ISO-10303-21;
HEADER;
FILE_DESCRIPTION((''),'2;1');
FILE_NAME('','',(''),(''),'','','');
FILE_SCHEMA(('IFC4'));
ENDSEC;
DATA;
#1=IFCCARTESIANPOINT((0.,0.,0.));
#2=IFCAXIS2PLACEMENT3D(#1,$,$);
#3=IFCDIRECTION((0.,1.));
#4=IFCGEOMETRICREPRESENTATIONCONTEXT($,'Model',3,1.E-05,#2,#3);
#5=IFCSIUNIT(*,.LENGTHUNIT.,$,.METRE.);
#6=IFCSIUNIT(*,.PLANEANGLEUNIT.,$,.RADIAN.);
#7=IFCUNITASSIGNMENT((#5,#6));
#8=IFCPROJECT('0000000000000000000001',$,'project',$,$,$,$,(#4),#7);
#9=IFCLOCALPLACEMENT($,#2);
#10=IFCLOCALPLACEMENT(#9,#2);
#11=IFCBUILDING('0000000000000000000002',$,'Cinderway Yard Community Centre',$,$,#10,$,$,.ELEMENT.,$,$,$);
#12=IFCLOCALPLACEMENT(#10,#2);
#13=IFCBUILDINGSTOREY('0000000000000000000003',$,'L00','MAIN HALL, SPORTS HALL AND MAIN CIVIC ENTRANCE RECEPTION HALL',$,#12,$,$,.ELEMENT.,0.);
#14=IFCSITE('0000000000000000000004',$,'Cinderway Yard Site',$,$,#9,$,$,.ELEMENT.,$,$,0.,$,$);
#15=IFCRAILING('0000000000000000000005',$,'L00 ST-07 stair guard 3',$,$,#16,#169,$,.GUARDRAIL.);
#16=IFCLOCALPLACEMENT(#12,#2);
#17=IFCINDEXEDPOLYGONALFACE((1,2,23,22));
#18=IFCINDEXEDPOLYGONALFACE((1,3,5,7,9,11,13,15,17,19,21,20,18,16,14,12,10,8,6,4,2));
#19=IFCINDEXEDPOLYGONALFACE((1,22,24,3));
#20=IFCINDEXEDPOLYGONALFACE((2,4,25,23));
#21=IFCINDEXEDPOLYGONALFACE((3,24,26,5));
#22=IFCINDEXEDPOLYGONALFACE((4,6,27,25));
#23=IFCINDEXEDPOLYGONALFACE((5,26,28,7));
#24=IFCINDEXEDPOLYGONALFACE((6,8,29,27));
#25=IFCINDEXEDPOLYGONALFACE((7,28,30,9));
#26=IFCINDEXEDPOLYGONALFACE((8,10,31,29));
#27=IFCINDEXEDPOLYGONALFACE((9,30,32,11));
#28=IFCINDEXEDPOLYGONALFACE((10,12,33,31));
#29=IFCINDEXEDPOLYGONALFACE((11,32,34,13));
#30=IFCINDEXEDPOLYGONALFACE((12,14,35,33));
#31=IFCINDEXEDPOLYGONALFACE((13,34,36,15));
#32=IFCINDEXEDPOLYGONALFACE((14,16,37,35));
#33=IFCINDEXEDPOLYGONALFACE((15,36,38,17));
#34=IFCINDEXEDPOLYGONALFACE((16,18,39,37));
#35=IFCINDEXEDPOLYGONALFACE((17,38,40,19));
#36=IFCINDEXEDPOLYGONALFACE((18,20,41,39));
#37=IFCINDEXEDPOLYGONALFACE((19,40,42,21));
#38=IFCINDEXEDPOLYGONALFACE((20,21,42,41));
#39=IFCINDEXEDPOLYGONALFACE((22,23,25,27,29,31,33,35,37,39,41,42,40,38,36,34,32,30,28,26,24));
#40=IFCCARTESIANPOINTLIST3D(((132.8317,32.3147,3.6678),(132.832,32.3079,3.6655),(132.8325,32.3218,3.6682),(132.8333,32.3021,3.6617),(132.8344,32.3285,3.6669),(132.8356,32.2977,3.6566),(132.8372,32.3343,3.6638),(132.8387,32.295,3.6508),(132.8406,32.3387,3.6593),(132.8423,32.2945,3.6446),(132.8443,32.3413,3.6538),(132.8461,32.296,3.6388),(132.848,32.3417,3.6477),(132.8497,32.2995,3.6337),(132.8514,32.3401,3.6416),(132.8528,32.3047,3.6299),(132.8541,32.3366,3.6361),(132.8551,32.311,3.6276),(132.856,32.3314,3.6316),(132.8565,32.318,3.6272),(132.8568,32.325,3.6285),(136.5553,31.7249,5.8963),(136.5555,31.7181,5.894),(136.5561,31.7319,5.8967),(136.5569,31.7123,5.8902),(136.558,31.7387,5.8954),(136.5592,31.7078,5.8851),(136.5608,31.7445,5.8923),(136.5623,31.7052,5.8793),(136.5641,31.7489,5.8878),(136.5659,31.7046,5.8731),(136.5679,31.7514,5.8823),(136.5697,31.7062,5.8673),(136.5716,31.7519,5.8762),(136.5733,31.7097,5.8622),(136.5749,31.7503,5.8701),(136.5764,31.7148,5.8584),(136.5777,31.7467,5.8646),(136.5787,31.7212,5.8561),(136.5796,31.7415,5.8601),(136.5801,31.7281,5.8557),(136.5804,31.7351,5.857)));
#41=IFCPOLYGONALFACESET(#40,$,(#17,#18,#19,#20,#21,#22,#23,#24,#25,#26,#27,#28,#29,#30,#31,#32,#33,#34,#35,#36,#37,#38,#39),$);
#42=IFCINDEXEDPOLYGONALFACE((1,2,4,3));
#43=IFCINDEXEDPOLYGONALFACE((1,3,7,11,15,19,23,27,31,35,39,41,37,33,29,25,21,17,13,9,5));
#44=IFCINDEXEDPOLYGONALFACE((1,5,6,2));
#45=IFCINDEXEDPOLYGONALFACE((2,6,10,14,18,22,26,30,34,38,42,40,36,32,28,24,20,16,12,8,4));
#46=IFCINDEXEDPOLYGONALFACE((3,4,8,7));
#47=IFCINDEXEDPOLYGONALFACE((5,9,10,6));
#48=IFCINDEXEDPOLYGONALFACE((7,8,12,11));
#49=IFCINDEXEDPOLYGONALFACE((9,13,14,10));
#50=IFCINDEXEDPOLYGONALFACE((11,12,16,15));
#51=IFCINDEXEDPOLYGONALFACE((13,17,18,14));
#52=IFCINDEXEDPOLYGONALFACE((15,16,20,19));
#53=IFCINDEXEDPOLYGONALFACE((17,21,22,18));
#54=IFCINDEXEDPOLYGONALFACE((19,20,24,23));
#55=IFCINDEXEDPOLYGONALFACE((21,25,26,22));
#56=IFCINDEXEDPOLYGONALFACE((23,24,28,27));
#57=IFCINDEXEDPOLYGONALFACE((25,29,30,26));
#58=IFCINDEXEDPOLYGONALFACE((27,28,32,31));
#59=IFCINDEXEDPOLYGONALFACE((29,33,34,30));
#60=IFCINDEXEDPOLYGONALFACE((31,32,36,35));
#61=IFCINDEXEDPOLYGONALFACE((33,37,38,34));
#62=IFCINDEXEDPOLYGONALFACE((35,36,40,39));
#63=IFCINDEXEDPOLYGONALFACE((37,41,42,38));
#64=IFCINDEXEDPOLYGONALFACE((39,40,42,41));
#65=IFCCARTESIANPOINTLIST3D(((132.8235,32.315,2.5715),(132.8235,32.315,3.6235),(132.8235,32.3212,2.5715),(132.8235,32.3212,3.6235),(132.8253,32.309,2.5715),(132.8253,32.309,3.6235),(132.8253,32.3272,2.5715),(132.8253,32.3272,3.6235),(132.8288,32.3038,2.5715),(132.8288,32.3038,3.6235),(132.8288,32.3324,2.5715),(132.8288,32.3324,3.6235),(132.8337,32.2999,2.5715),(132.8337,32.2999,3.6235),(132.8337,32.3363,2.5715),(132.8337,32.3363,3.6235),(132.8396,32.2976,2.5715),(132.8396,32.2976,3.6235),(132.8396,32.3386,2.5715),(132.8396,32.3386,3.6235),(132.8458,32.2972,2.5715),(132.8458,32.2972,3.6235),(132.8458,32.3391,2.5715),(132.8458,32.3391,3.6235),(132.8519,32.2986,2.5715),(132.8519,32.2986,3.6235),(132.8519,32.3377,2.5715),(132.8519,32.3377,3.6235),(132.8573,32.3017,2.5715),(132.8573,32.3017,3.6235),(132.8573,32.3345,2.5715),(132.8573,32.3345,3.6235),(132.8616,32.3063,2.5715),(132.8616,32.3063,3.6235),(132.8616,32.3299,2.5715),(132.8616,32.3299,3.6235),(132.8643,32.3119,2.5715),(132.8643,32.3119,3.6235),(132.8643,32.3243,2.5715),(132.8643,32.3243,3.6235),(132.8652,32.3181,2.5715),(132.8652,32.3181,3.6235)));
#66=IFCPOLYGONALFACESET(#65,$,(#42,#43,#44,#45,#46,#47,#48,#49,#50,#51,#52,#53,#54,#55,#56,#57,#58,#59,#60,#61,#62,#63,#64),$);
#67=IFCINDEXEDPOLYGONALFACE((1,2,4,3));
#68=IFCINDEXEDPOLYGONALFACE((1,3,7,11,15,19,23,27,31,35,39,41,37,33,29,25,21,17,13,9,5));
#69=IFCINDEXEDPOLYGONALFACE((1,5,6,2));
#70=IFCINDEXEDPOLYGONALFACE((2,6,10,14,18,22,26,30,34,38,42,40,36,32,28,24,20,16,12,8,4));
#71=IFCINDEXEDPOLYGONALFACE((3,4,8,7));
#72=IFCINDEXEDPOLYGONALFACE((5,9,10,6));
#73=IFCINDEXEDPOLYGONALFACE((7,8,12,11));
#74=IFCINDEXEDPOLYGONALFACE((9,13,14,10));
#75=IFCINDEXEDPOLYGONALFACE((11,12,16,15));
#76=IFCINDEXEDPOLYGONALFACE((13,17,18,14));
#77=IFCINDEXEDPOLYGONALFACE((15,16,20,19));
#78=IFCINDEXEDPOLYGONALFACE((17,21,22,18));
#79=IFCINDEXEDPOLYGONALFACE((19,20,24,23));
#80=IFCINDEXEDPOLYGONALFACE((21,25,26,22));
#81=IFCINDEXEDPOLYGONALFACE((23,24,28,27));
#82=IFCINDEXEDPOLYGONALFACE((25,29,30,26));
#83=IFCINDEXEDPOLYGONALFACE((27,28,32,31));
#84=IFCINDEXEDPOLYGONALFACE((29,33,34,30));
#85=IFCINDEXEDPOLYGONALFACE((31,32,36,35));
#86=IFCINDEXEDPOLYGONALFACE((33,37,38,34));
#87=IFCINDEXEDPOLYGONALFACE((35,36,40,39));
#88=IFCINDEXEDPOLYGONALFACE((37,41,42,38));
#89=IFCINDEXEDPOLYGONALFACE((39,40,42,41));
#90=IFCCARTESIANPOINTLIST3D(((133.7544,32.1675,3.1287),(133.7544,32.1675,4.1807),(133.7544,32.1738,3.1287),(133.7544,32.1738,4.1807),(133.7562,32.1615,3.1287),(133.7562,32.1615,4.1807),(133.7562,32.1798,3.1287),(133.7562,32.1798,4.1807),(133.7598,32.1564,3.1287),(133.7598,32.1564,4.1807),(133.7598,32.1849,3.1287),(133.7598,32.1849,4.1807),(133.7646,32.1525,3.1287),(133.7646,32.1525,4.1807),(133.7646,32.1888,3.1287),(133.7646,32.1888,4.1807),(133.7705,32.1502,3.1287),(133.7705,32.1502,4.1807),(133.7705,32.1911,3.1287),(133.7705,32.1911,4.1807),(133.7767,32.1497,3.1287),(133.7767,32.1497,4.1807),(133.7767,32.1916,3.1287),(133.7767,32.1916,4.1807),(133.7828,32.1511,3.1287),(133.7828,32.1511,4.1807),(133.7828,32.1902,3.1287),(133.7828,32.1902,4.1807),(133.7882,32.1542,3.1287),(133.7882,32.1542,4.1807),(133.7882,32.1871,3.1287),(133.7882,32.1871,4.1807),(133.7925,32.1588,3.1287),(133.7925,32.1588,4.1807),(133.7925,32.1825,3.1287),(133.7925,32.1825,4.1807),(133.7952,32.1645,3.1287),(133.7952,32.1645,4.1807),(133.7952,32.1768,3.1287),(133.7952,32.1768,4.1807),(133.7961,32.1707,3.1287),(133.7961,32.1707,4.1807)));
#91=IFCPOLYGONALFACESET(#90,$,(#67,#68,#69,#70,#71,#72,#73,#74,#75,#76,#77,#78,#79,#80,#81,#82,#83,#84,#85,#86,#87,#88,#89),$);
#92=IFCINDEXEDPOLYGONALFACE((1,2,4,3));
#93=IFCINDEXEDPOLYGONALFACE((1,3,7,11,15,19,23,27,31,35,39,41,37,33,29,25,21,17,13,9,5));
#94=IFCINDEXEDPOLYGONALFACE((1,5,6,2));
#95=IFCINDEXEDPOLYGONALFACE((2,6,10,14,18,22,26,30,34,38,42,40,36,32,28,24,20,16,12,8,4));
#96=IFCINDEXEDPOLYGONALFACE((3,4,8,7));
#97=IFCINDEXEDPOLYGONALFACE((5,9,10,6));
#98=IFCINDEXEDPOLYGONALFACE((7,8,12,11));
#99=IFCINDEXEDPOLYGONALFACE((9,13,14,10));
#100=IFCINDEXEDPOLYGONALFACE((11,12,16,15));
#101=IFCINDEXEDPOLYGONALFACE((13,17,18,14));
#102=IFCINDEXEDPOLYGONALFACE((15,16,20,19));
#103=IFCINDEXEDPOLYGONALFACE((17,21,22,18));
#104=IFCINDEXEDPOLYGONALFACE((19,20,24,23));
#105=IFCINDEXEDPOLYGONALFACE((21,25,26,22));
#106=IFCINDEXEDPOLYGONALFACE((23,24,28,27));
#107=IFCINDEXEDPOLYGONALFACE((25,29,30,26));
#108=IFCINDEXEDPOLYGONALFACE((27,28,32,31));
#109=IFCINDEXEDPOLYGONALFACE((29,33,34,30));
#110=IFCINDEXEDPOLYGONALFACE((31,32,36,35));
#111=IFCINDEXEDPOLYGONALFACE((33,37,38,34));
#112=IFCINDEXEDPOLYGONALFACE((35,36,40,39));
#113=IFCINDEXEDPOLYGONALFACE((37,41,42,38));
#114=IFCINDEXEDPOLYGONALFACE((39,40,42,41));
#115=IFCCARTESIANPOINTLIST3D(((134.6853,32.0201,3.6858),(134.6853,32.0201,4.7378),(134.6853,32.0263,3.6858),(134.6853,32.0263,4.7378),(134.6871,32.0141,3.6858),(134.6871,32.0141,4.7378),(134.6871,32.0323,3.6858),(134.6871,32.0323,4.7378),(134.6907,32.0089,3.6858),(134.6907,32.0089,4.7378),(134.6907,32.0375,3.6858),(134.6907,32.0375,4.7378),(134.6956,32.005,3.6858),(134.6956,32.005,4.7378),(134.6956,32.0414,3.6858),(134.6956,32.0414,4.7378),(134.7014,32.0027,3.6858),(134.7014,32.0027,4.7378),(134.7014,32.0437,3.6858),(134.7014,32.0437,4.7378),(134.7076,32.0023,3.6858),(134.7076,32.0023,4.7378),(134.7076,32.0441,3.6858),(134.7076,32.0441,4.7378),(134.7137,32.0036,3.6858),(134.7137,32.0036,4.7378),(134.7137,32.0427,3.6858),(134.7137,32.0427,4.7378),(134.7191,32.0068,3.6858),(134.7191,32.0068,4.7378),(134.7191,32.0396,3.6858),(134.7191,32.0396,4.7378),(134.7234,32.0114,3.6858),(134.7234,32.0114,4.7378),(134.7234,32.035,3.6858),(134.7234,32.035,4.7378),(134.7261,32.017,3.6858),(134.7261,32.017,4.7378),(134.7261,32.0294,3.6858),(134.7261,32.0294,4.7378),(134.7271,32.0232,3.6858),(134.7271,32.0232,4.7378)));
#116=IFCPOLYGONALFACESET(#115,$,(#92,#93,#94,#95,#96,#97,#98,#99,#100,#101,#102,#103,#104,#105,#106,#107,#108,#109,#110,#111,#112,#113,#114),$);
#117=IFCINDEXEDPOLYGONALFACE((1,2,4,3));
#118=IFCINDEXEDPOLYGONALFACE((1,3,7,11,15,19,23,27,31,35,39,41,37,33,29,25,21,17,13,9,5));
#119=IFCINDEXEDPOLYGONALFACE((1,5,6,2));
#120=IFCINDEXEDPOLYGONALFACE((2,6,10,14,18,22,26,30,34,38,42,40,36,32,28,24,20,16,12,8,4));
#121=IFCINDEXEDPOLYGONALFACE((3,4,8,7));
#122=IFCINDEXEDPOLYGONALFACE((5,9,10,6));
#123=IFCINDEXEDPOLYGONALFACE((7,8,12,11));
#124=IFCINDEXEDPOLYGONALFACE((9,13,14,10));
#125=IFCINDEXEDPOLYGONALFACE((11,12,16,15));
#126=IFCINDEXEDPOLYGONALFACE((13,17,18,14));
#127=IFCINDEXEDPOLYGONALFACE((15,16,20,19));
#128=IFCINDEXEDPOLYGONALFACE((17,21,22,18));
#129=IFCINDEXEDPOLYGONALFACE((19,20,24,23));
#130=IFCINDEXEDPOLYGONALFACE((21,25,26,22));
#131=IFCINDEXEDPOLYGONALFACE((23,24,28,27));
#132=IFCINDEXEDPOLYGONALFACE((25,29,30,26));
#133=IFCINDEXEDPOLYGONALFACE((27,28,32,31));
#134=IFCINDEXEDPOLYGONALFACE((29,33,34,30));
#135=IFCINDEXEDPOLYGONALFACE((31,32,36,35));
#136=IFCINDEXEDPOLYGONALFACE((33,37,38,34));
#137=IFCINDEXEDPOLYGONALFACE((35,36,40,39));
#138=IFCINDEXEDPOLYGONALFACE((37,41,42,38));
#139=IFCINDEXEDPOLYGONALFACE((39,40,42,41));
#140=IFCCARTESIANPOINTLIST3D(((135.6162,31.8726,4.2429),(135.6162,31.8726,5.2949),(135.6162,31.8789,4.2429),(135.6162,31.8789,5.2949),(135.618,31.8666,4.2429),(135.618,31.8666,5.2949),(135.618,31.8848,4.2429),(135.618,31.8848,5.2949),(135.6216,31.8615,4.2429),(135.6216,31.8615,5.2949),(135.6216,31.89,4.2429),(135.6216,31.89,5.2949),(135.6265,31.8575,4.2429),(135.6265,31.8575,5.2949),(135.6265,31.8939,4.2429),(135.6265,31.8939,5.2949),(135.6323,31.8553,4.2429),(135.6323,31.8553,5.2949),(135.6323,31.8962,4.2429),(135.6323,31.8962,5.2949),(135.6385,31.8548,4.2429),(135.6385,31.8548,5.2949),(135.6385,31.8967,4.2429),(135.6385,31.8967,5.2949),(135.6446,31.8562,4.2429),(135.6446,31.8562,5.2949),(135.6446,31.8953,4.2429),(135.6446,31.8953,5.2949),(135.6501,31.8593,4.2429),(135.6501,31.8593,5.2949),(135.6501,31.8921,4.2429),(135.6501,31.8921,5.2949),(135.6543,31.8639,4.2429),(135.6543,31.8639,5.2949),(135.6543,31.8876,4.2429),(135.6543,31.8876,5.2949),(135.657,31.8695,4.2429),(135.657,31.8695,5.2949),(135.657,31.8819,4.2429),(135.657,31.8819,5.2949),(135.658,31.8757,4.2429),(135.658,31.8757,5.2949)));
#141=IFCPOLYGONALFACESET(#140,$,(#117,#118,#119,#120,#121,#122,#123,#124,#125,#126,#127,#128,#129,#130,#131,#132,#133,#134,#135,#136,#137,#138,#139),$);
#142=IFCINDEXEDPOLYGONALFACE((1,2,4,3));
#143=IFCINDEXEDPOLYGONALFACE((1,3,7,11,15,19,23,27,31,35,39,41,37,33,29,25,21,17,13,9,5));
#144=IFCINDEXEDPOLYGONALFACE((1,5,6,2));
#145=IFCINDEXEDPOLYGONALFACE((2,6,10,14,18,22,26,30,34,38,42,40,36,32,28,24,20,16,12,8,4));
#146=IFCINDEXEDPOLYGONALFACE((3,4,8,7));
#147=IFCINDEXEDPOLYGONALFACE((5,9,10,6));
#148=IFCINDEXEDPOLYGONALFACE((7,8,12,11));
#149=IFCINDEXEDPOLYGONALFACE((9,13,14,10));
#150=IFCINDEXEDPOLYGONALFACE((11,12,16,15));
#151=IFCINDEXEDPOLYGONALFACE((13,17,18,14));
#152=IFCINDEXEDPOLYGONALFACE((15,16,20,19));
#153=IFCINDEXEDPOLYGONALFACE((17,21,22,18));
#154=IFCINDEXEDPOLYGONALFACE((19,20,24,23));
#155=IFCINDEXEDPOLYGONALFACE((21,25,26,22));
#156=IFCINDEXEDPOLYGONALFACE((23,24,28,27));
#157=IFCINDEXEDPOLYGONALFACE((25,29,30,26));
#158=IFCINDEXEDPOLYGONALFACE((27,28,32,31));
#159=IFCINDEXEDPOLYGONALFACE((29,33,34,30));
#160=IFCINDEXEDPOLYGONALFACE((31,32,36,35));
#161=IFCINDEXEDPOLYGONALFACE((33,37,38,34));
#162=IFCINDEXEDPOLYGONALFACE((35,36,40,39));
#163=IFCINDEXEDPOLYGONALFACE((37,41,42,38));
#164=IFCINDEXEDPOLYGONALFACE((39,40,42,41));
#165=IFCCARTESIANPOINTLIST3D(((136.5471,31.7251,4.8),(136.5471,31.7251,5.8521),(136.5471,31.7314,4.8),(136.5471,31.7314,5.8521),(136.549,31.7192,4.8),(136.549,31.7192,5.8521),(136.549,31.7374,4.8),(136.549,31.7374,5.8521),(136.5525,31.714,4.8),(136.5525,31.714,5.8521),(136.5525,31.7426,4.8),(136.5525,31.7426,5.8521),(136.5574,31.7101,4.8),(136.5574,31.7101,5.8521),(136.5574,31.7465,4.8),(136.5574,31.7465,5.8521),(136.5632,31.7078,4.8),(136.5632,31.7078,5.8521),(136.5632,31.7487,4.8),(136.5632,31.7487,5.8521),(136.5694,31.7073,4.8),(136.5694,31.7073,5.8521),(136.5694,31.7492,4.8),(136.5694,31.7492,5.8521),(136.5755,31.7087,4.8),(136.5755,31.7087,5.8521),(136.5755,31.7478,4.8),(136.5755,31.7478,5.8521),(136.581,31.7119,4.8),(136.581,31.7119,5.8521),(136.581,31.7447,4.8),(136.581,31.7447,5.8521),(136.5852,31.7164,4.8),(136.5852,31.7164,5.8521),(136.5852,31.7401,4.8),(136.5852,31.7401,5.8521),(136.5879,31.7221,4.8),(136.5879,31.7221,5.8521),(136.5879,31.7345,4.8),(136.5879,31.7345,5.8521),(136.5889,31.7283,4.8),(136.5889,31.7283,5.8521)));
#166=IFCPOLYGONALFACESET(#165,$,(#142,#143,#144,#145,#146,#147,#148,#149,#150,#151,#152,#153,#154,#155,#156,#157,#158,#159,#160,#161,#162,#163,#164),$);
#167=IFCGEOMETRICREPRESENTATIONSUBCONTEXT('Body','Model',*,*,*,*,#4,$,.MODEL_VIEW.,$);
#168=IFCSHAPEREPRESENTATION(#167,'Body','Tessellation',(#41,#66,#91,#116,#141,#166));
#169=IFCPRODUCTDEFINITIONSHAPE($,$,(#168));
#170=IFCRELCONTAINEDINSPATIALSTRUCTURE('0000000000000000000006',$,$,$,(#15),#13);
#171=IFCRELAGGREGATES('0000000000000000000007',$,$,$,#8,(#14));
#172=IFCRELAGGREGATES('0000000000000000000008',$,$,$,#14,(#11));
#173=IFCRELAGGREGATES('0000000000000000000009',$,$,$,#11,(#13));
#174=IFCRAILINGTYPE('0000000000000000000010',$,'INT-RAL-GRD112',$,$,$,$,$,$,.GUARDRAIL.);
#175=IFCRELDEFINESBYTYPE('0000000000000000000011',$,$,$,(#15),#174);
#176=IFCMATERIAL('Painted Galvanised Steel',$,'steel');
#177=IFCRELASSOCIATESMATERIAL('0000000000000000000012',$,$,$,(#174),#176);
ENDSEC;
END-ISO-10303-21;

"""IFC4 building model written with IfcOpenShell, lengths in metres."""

from ifc_helpers import new_model, si_unit, direction, frame, origin, origin_2d, place, context, subcontext, project, spatial, circle, extrude, material, type_object, element, save


model = new_model("IFC4")

# Units and contexts
model_context = context("Model", 3, precision=1e-05, world=origin(), true_north=direction((0.0, 1.0)))
body_context = subcontext(model_context, "Body", "Model", "MODEL_VIEW")
ifc_project = project(units=[si_unit("LENGTHUNIT", "METRE"), si_unit("PLANEANGLEUNIT", "RADIAN")], contexts=[model_context])

# Site, building, storey
site_placement = place(None, origin())
site = spatial("IfcSite", under=ifc_project, at=site_placement, Name="Cinderway Yard Site", CompositionType="ELEMENT", RefElevation=0.0)
building_placement = place(site_placement, origin())
building = spatial("IfcBuilding", under=site, at=building_placement, Name="Cinderway Yard Community Centre", CompositionType="ELEMENT")
storey_placement = place(building_placement, origin())
storey = spatial("IfcBuildingStorey", under=building, at=storey_placement, Name="L00", Description="MAIN HALL, SPORTS HALL AND MAIN CIVIC ENTRANCE RECEPTION HALL", CompositionType="ELEMENT", Elevation=0.0)

# Shared definitions
ifc_material_1 = material(Name="Painted Galvanised Steel", Category="steel")

# Railing
railing_type_1 = type_object("IfcRailingType", Name="INT-RAL-GRD112", PredefinedType="GUARDRAIL", material=ifc_material_1)
railing_1_placement = place(storey_placement, frame((132.8442, 32.3181, 2.5715)))
element("IfcRailing", 1, at=railing_1_placement, inside=storey, type_object=railing_type_1, Name="L00 ST-07 stair guard 3", PredefinedType="GUARDRAIL", context=body_context, shape_type="SweptSolid", body=[
    extrude(circle(Radius=0.0239, at=origin_2d()), frame((0.0, 0.0, 1.0762), z_axis=(0.85025, -0.134684, 0.508857), x_axis=(0.156455, 0.987685, 0.0)), (0.0, 0.0, 1.0), 4.3794),
    extrude(circle(Radius=0.021, at=origin_2d()), origin(), (0.0, 0.0, 1.0), 1.052),
    extrude(circle(Radius=0.021, at=origin_2d()), frame((0.9309, -0.1475, 0.5571)), (0.0, 0.0, 1.0), 1.052),
    extrude(circle(Radius=0.021, at=origin_2d()), frame((1.8618, -0.2949, 1.1143)), (0.0, 0.0, 1.0), 1.052),
    extrude(circle(Radius=0.021, at=origin_2d()), frame((2.7927, -0.4424, 1.6714)), (0.0, 0.0, 1.0), 1.052),
    extrude(circle(Radius=0.021, at=origin_2d()), frame((3.7236, -0.5898, 2.2285)), (0.0, 0.0, 1.0), 1.052),
])

save(model, "model.ifc")
